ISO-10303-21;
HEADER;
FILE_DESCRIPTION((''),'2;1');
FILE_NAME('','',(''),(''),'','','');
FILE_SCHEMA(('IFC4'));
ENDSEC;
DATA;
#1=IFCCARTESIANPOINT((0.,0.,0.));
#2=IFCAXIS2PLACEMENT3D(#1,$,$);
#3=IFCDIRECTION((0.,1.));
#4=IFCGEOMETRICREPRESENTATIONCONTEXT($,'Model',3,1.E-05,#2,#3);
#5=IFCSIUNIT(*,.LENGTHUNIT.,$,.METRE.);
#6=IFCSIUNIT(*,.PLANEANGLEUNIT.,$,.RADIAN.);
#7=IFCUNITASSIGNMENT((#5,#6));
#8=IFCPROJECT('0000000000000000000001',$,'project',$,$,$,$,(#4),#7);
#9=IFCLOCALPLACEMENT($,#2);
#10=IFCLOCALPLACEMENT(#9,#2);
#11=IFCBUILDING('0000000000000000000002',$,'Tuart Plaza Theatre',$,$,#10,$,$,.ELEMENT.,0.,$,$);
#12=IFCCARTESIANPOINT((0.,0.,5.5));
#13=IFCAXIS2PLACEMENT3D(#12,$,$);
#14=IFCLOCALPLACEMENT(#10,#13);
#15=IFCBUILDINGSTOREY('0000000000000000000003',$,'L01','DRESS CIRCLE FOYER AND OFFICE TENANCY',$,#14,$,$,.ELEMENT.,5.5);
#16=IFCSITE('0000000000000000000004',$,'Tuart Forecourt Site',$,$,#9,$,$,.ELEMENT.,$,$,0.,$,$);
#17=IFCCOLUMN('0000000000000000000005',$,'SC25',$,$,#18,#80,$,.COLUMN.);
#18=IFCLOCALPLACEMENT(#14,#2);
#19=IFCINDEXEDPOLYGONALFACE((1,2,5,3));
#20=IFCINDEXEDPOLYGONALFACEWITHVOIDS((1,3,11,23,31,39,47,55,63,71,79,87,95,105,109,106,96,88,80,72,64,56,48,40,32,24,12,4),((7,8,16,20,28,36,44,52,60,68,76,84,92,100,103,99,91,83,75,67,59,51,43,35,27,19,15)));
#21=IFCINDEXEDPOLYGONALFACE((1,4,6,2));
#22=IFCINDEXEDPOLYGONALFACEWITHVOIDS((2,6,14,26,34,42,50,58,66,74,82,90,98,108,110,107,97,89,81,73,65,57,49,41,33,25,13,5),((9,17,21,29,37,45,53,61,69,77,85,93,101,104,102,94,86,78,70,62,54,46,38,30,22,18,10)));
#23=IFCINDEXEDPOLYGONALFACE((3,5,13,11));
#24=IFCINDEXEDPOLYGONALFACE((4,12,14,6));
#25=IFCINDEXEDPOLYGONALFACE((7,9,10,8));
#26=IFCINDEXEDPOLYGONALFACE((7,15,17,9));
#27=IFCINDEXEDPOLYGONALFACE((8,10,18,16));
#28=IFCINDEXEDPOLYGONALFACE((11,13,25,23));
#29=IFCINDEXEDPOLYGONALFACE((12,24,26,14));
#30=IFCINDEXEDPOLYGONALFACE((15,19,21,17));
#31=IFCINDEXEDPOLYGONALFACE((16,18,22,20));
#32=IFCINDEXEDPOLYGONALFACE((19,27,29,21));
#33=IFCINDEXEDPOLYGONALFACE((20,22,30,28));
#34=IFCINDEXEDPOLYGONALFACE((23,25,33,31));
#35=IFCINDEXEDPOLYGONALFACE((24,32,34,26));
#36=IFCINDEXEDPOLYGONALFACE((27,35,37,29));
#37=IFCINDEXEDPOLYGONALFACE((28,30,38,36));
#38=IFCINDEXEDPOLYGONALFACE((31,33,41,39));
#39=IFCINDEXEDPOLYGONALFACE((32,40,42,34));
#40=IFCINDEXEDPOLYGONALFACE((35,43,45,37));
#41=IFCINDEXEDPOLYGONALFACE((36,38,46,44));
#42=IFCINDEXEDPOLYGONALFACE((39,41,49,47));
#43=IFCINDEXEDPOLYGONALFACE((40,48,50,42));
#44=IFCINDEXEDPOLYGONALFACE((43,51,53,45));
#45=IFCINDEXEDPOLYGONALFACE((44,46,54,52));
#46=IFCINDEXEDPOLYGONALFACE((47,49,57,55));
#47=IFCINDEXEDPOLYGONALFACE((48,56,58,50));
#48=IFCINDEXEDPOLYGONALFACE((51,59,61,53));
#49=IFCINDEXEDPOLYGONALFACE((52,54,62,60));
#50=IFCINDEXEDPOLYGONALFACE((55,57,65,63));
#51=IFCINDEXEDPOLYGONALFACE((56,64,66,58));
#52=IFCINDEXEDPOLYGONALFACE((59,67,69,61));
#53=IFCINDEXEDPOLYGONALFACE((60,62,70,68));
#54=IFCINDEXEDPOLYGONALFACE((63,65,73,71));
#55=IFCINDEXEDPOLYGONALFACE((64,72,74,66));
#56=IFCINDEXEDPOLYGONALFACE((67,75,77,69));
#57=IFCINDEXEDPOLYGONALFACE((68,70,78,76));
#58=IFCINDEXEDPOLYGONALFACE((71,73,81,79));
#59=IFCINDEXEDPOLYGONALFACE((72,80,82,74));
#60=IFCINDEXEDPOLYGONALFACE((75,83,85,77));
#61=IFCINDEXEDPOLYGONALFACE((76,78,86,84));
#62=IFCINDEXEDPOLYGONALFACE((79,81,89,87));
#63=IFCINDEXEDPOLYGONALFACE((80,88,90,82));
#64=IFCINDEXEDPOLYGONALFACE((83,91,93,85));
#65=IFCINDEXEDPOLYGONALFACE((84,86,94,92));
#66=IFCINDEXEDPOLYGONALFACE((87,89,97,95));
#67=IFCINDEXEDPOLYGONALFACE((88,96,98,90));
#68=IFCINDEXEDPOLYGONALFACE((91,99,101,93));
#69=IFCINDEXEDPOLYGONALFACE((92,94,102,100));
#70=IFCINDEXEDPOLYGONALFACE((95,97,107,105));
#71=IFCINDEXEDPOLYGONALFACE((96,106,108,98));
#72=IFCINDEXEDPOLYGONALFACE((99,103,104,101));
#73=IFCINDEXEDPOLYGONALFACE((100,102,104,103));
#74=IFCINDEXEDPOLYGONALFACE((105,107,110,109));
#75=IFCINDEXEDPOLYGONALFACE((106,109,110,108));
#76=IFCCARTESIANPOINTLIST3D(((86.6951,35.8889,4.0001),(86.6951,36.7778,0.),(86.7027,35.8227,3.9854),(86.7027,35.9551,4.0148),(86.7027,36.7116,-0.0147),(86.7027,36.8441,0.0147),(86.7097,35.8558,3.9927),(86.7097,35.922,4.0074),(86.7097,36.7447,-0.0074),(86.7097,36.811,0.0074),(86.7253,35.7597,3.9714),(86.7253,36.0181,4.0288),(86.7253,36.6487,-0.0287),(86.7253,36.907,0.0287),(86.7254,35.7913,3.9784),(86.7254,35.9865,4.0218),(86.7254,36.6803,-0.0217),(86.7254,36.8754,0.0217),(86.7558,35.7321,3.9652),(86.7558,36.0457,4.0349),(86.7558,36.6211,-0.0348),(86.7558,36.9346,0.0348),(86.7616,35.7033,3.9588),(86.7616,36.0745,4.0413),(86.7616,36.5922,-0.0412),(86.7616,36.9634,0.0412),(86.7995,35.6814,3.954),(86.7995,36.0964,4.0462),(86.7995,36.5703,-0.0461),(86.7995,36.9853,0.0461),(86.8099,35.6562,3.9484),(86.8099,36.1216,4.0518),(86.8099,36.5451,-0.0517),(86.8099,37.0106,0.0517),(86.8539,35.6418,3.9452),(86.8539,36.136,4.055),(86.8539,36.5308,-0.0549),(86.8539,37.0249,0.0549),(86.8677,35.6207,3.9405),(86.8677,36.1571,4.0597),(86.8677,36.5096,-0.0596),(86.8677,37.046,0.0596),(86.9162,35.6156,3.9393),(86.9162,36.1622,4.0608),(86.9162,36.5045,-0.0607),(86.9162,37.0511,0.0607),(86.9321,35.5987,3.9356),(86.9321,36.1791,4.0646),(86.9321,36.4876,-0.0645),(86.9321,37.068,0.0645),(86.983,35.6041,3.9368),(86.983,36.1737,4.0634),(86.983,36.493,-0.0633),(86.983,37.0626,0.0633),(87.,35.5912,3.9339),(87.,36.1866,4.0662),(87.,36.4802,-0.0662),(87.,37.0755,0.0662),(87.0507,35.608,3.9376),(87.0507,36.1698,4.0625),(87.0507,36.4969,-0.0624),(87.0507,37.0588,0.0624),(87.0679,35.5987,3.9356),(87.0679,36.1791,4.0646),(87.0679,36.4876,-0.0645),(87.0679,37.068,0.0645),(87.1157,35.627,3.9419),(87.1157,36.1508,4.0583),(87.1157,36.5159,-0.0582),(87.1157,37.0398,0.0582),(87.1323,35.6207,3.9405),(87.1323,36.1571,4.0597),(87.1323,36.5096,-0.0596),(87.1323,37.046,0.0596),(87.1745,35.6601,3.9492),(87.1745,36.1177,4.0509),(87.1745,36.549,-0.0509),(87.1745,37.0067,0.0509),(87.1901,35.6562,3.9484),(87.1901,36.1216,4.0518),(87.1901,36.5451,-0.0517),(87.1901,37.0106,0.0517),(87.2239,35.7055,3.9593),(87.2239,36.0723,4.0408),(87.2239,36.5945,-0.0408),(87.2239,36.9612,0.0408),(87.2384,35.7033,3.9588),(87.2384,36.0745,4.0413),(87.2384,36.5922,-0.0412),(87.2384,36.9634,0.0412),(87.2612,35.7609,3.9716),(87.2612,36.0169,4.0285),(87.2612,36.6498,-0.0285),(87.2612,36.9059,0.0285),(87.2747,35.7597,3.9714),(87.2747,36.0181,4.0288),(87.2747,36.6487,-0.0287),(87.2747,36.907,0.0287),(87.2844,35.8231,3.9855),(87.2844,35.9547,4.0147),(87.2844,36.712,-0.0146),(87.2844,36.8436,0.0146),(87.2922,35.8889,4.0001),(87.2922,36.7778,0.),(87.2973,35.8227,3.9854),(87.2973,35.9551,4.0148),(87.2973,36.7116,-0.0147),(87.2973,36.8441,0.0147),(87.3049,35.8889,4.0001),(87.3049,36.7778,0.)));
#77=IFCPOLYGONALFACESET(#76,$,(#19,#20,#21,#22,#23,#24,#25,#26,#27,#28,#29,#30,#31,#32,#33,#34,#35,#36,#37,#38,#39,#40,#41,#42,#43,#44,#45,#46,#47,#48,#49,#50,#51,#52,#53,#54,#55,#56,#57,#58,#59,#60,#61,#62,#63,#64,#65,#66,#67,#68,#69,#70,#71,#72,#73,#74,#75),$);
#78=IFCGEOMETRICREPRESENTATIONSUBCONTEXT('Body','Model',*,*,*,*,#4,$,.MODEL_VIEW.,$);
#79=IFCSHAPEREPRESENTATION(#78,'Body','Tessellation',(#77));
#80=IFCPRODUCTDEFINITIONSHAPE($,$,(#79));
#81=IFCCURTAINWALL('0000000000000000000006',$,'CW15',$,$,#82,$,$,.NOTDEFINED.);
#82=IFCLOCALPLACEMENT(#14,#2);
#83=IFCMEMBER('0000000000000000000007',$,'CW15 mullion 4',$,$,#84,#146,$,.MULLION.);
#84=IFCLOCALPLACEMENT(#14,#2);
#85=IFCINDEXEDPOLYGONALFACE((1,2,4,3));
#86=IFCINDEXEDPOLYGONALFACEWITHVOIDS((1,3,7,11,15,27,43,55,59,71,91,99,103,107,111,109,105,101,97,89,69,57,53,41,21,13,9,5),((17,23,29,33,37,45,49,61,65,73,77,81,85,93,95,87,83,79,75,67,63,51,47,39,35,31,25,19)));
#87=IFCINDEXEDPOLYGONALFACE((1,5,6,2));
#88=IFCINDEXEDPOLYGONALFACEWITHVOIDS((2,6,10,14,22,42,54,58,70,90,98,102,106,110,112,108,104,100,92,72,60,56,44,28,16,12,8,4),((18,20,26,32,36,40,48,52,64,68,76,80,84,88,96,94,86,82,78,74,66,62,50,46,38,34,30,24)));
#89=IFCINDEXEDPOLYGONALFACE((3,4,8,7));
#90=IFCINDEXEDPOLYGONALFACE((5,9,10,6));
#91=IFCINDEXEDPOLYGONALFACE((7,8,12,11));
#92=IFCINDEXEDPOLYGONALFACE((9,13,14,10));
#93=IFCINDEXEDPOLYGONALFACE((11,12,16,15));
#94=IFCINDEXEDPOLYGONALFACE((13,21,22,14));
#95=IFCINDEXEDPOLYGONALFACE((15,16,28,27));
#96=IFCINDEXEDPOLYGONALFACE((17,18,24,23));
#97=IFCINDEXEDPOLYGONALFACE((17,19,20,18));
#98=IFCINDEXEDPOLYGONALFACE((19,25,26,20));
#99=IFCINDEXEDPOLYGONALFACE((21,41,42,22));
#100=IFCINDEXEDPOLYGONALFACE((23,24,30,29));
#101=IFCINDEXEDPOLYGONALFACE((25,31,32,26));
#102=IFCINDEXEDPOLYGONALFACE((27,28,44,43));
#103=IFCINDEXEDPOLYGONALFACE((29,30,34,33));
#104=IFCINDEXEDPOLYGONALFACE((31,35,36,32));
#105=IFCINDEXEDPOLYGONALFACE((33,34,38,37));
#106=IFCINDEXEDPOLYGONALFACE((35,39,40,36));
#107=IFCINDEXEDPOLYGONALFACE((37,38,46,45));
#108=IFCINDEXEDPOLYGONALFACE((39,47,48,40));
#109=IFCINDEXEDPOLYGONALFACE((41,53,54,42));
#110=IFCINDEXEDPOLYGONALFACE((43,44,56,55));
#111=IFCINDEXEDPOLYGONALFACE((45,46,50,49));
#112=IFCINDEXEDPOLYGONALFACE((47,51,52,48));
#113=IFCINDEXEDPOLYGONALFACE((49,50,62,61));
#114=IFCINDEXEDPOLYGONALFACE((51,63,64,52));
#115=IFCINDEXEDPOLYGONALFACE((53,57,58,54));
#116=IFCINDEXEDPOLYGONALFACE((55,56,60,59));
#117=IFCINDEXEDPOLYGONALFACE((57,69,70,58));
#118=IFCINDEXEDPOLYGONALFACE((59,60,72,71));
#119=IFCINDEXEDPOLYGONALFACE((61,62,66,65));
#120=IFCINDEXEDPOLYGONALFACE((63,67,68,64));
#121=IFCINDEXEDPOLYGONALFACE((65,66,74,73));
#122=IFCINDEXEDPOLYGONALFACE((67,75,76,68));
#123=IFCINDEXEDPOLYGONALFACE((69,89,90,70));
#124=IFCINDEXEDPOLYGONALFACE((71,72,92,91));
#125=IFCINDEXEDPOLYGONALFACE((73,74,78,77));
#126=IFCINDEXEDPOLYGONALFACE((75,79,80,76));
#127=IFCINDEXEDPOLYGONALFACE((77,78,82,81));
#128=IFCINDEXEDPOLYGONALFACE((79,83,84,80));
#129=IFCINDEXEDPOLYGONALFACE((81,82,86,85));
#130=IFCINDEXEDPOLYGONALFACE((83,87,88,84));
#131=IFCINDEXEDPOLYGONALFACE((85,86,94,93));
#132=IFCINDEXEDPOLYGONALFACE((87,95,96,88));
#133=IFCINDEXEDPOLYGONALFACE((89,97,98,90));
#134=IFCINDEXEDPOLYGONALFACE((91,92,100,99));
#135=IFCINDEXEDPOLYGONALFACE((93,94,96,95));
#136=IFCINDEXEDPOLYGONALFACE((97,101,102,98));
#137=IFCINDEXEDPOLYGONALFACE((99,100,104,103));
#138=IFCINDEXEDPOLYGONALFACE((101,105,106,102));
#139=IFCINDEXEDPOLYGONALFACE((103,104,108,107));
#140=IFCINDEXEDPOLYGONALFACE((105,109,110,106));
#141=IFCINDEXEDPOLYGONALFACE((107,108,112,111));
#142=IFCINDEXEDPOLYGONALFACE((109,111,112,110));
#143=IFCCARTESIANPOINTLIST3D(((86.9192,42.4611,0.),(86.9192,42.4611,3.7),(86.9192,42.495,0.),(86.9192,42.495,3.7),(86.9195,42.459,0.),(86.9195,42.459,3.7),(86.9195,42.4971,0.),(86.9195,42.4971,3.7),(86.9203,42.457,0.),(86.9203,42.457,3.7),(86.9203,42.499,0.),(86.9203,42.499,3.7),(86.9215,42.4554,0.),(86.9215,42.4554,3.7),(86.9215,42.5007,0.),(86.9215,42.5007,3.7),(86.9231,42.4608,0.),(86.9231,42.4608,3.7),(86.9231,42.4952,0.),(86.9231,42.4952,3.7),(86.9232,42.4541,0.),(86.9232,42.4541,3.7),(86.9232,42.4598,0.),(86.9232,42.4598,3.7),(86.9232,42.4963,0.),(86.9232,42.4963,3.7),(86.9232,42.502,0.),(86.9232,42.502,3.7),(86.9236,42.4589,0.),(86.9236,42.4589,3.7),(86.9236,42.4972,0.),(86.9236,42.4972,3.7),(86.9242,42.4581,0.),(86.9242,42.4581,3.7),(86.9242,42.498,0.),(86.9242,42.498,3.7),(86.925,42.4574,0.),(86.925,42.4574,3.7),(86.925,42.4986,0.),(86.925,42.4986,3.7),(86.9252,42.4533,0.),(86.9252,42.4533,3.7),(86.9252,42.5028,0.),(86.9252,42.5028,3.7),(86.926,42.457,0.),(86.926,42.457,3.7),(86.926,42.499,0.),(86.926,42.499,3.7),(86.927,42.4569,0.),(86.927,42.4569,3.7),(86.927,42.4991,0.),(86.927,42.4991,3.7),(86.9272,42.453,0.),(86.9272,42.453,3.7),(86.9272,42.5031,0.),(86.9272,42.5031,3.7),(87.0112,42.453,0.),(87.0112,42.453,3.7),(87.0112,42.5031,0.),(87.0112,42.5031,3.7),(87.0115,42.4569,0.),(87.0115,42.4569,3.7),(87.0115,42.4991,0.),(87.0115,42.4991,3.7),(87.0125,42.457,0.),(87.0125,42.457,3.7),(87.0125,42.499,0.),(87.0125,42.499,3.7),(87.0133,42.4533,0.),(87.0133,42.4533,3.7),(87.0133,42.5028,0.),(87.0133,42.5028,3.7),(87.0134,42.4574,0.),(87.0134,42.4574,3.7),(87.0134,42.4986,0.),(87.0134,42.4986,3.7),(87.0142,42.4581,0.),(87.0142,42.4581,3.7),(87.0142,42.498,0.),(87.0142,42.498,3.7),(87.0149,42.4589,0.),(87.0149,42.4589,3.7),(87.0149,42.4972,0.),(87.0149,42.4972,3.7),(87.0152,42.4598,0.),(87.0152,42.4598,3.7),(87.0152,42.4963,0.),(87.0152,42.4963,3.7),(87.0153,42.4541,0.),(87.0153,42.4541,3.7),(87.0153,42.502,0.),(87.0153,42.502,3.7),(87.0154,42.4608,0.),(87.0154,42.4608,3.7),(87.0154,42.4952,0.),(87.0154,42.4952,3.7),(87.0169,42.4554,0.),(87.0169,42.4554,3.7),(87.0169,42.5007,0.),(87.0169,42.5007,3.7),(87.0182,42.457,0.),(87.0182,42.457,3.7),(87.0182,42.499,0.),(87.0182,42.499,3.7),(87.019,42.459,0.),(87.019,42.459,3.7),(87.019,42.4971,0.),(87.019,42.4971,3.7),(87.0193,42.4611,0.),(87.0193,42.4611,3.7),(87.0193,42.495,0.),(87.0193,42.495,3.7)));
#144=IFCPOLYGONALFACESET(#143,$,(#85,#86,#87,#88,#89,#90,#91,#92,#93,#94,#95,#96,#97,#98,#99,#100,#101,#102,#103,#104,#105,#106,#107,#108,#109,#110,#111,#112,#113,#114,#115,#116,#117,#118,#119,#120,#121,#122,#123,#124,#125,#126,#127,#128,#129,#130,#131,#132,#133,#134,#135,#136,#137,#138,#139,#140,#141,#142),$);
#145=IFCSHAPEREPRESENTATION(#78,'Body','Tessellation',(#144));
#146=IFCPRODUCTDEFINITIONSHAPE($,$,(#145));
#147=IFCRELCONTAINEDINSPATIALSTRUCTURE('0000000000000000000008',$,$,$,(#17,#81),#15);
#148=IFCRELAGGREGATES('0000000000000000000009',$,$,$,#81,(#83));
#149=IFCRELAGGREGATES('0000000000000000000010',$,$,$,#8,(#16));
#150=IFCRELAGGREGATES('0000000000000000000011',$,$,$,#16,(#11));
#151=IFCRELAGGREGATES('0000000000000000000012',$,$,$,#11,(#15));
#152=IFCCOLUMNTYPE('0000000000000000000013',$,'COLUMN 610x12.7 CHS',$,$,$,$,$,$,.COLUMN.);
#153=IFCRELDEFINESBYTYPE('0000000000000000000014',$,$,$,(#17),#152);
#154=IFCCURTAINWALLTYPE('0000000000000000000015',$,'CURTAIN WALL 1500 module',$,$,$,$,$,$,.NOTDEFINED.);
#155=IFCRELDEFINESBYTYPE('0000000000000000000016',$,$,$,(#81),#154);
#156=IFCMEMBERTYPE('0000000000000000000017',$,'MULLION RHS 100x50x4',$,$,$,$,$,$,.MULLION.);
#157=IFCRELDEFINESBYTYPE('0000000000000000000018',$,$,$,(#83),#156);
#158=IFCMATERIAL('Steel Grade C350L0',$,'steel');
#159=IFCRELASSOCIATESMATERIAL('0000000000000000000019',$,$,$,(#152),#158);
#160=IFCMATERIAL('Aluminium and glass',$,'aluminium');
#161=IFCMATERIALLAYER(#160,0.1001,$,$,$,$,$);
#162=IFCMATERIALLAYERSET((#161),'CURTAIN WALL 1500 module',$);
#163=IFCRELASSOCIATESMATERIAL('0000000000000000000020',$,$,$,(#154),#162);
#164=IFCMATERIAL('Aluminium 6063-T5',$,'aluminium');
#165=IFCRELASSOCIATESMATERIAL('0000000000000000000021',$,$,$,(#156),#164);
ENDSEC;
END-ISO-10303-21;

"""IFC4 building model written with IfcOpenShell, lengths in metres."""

from ifc_helpers import new_model, si_unit, direction, frame, origin, origin_2d, place, context, subcontext, project, spatial, hollow_rectangle, hollow_circle, extrude, material, layer, layer_set, material_profile, profile_set, type_object, element, aggregate, save


model = new_model("IFC4")

# Units and contexts
model_context = context("Model", 3, precision=1e-05, world=origin(), true_north=direction((0.0, 1.0)))
body_context = subcontext(model_context, "Body", "Model", "MODEL_VIEW")
ifc_project = project(units=[si_unit("LENGTHUNIT", "METRE"), si_unit("PLANEANGLEUNIT", "RADIAN")], contexts=[model_context])

# Site, building, storey
site_placement = place(None, origin())
site = spatial("IfcSite", under=ifc_project, at=site_placement, Name="Tuart Forecourt Site", CompositionType="ELEMENT", RefElevation=0.0)
building_placement = place(site_placement, origin())
building = spatial("IfcBuilding", under=site, at=building_placement, Name="Tuart Plaza Theatre", CompositionType="ELEMENT", ElevationOfRefHeight=0.0)
storey_placement = place(building_placement, frame((0.0, 0.0, 5.5)))
storey = spatial("IfcBuildingStorey", under=building, at=storey_placement, Name="L01", Description="DRESS CIRCLE FOYER AND OFFICE TENANCY", CompositionType="ELEMENT", Elevation=5.5)

# Column
ifc_material_1 = material(Name="Steel Grade C350L0", Category="steel")
ifc_material_profile_1 = material_profile(ifc_material_1, hollow_circle(Radius=0.3049, WallThickness=0.0127, at=origin_2d()), Name="610x12.7 CHS")
ifc_profile_set_1 = profile_set([ifc_material_profile_1], Name="Steel Grade C350L0")
column_type = type_object("IfcColumnType", Name="COLUMN 610x12.7 CHS", PredefinedType="COLUMN", material=ifc_profile_set_1)
column_placement = place(storey_placement, frame((87.0, 36.7778, 0.0), z_axis=(0.0, -0.216937, 0.976186), x_axis=(1.0, 0.0, 0.0)))
element("IfcColumn", 1, at=column_placement, inside=storey, type_object=column_type, Name="SC25", PredefinedType="COLUMN", context=body_context, shape_type="SweptSolid", body=[
    extrude(hollow_circle(Radius=0.3049, WallThickness=0.0127, at=origin_2d()), origin(), (0.0, 0.0, 1.0), 4.0977),
])

# Curtain wall, member
ifc_material_2 = material(Name="Aluminium and glass", Category="aluminium")
ifc_layer_1 = layer(ifc_material_2, 0.1001)
ifc_layer_set_1 = layer_set([ifc_layer_1], Name="CURTAIN WALL 1500 module")
curtain_wall_type = type_object("IfcCurtainWallType", Name="CURTAIN WALL 1500 module", PredefinedType="NOTDEFINED", material=ifc_layer_set_1)
curtain_wall_1_placement = place(storey_placement, origin())
curtain_wall_1 = element("IfcCurtainWall", 2, at=curtain_wall_1_placement, inside=storey, type_object=curtain_wall_type, Name="CW15", PredefinedType="NOTDEFINED")
ifc_material_3 = material(Name="Aluminium 6063-T5", Category="aluminium")
ifc_material_profile_2 = material_profile(ifc_material_3, hollow_rectangle(XDim=0.05, YDim=0.1001, WallThickness=0.0039, InnerFilletRadius=0.0039, OuterFilletRadius=0.0081, at=origin_2d()), Name="RHS 100x50x4")
ifc_profile_set_2 = profile_set([ifc_material_profile_2], Name="Aluminium 6063-T5")
member_type_1 = type_object("IfcMemberType", Name="MULLION RHS 100x50x4", PredefinedType="MULLION", material=ifc_profile_set_2)
member_1_placement = place(storey_placement, frame((86.9692, 42.478, 0.0), z_axis=(0.0, 0.0, 1.0), x_axis=(0.0, 1.0, 0.0)))
member_1 = element("IfcMember", 3, at=member_1_placement, type_object=member_type_1, Name="CW15 mullion 4", PredefinedType="MULLION", context=body_context, shape_type="SweptSolid", body=[
    extrude(hollow_rectangle(XDim=0.05, YDim=0.1001, WallThickness=0.0039, InnerFilletRadius=0.0039, OuterFilletRadius=0.0081, at=origin_2d()), origin(), (0.0, 0.0, 1.0), 3.7),
])

aggregate(curtain_wall_1, [member_1])

save(model, "model.ifc")
